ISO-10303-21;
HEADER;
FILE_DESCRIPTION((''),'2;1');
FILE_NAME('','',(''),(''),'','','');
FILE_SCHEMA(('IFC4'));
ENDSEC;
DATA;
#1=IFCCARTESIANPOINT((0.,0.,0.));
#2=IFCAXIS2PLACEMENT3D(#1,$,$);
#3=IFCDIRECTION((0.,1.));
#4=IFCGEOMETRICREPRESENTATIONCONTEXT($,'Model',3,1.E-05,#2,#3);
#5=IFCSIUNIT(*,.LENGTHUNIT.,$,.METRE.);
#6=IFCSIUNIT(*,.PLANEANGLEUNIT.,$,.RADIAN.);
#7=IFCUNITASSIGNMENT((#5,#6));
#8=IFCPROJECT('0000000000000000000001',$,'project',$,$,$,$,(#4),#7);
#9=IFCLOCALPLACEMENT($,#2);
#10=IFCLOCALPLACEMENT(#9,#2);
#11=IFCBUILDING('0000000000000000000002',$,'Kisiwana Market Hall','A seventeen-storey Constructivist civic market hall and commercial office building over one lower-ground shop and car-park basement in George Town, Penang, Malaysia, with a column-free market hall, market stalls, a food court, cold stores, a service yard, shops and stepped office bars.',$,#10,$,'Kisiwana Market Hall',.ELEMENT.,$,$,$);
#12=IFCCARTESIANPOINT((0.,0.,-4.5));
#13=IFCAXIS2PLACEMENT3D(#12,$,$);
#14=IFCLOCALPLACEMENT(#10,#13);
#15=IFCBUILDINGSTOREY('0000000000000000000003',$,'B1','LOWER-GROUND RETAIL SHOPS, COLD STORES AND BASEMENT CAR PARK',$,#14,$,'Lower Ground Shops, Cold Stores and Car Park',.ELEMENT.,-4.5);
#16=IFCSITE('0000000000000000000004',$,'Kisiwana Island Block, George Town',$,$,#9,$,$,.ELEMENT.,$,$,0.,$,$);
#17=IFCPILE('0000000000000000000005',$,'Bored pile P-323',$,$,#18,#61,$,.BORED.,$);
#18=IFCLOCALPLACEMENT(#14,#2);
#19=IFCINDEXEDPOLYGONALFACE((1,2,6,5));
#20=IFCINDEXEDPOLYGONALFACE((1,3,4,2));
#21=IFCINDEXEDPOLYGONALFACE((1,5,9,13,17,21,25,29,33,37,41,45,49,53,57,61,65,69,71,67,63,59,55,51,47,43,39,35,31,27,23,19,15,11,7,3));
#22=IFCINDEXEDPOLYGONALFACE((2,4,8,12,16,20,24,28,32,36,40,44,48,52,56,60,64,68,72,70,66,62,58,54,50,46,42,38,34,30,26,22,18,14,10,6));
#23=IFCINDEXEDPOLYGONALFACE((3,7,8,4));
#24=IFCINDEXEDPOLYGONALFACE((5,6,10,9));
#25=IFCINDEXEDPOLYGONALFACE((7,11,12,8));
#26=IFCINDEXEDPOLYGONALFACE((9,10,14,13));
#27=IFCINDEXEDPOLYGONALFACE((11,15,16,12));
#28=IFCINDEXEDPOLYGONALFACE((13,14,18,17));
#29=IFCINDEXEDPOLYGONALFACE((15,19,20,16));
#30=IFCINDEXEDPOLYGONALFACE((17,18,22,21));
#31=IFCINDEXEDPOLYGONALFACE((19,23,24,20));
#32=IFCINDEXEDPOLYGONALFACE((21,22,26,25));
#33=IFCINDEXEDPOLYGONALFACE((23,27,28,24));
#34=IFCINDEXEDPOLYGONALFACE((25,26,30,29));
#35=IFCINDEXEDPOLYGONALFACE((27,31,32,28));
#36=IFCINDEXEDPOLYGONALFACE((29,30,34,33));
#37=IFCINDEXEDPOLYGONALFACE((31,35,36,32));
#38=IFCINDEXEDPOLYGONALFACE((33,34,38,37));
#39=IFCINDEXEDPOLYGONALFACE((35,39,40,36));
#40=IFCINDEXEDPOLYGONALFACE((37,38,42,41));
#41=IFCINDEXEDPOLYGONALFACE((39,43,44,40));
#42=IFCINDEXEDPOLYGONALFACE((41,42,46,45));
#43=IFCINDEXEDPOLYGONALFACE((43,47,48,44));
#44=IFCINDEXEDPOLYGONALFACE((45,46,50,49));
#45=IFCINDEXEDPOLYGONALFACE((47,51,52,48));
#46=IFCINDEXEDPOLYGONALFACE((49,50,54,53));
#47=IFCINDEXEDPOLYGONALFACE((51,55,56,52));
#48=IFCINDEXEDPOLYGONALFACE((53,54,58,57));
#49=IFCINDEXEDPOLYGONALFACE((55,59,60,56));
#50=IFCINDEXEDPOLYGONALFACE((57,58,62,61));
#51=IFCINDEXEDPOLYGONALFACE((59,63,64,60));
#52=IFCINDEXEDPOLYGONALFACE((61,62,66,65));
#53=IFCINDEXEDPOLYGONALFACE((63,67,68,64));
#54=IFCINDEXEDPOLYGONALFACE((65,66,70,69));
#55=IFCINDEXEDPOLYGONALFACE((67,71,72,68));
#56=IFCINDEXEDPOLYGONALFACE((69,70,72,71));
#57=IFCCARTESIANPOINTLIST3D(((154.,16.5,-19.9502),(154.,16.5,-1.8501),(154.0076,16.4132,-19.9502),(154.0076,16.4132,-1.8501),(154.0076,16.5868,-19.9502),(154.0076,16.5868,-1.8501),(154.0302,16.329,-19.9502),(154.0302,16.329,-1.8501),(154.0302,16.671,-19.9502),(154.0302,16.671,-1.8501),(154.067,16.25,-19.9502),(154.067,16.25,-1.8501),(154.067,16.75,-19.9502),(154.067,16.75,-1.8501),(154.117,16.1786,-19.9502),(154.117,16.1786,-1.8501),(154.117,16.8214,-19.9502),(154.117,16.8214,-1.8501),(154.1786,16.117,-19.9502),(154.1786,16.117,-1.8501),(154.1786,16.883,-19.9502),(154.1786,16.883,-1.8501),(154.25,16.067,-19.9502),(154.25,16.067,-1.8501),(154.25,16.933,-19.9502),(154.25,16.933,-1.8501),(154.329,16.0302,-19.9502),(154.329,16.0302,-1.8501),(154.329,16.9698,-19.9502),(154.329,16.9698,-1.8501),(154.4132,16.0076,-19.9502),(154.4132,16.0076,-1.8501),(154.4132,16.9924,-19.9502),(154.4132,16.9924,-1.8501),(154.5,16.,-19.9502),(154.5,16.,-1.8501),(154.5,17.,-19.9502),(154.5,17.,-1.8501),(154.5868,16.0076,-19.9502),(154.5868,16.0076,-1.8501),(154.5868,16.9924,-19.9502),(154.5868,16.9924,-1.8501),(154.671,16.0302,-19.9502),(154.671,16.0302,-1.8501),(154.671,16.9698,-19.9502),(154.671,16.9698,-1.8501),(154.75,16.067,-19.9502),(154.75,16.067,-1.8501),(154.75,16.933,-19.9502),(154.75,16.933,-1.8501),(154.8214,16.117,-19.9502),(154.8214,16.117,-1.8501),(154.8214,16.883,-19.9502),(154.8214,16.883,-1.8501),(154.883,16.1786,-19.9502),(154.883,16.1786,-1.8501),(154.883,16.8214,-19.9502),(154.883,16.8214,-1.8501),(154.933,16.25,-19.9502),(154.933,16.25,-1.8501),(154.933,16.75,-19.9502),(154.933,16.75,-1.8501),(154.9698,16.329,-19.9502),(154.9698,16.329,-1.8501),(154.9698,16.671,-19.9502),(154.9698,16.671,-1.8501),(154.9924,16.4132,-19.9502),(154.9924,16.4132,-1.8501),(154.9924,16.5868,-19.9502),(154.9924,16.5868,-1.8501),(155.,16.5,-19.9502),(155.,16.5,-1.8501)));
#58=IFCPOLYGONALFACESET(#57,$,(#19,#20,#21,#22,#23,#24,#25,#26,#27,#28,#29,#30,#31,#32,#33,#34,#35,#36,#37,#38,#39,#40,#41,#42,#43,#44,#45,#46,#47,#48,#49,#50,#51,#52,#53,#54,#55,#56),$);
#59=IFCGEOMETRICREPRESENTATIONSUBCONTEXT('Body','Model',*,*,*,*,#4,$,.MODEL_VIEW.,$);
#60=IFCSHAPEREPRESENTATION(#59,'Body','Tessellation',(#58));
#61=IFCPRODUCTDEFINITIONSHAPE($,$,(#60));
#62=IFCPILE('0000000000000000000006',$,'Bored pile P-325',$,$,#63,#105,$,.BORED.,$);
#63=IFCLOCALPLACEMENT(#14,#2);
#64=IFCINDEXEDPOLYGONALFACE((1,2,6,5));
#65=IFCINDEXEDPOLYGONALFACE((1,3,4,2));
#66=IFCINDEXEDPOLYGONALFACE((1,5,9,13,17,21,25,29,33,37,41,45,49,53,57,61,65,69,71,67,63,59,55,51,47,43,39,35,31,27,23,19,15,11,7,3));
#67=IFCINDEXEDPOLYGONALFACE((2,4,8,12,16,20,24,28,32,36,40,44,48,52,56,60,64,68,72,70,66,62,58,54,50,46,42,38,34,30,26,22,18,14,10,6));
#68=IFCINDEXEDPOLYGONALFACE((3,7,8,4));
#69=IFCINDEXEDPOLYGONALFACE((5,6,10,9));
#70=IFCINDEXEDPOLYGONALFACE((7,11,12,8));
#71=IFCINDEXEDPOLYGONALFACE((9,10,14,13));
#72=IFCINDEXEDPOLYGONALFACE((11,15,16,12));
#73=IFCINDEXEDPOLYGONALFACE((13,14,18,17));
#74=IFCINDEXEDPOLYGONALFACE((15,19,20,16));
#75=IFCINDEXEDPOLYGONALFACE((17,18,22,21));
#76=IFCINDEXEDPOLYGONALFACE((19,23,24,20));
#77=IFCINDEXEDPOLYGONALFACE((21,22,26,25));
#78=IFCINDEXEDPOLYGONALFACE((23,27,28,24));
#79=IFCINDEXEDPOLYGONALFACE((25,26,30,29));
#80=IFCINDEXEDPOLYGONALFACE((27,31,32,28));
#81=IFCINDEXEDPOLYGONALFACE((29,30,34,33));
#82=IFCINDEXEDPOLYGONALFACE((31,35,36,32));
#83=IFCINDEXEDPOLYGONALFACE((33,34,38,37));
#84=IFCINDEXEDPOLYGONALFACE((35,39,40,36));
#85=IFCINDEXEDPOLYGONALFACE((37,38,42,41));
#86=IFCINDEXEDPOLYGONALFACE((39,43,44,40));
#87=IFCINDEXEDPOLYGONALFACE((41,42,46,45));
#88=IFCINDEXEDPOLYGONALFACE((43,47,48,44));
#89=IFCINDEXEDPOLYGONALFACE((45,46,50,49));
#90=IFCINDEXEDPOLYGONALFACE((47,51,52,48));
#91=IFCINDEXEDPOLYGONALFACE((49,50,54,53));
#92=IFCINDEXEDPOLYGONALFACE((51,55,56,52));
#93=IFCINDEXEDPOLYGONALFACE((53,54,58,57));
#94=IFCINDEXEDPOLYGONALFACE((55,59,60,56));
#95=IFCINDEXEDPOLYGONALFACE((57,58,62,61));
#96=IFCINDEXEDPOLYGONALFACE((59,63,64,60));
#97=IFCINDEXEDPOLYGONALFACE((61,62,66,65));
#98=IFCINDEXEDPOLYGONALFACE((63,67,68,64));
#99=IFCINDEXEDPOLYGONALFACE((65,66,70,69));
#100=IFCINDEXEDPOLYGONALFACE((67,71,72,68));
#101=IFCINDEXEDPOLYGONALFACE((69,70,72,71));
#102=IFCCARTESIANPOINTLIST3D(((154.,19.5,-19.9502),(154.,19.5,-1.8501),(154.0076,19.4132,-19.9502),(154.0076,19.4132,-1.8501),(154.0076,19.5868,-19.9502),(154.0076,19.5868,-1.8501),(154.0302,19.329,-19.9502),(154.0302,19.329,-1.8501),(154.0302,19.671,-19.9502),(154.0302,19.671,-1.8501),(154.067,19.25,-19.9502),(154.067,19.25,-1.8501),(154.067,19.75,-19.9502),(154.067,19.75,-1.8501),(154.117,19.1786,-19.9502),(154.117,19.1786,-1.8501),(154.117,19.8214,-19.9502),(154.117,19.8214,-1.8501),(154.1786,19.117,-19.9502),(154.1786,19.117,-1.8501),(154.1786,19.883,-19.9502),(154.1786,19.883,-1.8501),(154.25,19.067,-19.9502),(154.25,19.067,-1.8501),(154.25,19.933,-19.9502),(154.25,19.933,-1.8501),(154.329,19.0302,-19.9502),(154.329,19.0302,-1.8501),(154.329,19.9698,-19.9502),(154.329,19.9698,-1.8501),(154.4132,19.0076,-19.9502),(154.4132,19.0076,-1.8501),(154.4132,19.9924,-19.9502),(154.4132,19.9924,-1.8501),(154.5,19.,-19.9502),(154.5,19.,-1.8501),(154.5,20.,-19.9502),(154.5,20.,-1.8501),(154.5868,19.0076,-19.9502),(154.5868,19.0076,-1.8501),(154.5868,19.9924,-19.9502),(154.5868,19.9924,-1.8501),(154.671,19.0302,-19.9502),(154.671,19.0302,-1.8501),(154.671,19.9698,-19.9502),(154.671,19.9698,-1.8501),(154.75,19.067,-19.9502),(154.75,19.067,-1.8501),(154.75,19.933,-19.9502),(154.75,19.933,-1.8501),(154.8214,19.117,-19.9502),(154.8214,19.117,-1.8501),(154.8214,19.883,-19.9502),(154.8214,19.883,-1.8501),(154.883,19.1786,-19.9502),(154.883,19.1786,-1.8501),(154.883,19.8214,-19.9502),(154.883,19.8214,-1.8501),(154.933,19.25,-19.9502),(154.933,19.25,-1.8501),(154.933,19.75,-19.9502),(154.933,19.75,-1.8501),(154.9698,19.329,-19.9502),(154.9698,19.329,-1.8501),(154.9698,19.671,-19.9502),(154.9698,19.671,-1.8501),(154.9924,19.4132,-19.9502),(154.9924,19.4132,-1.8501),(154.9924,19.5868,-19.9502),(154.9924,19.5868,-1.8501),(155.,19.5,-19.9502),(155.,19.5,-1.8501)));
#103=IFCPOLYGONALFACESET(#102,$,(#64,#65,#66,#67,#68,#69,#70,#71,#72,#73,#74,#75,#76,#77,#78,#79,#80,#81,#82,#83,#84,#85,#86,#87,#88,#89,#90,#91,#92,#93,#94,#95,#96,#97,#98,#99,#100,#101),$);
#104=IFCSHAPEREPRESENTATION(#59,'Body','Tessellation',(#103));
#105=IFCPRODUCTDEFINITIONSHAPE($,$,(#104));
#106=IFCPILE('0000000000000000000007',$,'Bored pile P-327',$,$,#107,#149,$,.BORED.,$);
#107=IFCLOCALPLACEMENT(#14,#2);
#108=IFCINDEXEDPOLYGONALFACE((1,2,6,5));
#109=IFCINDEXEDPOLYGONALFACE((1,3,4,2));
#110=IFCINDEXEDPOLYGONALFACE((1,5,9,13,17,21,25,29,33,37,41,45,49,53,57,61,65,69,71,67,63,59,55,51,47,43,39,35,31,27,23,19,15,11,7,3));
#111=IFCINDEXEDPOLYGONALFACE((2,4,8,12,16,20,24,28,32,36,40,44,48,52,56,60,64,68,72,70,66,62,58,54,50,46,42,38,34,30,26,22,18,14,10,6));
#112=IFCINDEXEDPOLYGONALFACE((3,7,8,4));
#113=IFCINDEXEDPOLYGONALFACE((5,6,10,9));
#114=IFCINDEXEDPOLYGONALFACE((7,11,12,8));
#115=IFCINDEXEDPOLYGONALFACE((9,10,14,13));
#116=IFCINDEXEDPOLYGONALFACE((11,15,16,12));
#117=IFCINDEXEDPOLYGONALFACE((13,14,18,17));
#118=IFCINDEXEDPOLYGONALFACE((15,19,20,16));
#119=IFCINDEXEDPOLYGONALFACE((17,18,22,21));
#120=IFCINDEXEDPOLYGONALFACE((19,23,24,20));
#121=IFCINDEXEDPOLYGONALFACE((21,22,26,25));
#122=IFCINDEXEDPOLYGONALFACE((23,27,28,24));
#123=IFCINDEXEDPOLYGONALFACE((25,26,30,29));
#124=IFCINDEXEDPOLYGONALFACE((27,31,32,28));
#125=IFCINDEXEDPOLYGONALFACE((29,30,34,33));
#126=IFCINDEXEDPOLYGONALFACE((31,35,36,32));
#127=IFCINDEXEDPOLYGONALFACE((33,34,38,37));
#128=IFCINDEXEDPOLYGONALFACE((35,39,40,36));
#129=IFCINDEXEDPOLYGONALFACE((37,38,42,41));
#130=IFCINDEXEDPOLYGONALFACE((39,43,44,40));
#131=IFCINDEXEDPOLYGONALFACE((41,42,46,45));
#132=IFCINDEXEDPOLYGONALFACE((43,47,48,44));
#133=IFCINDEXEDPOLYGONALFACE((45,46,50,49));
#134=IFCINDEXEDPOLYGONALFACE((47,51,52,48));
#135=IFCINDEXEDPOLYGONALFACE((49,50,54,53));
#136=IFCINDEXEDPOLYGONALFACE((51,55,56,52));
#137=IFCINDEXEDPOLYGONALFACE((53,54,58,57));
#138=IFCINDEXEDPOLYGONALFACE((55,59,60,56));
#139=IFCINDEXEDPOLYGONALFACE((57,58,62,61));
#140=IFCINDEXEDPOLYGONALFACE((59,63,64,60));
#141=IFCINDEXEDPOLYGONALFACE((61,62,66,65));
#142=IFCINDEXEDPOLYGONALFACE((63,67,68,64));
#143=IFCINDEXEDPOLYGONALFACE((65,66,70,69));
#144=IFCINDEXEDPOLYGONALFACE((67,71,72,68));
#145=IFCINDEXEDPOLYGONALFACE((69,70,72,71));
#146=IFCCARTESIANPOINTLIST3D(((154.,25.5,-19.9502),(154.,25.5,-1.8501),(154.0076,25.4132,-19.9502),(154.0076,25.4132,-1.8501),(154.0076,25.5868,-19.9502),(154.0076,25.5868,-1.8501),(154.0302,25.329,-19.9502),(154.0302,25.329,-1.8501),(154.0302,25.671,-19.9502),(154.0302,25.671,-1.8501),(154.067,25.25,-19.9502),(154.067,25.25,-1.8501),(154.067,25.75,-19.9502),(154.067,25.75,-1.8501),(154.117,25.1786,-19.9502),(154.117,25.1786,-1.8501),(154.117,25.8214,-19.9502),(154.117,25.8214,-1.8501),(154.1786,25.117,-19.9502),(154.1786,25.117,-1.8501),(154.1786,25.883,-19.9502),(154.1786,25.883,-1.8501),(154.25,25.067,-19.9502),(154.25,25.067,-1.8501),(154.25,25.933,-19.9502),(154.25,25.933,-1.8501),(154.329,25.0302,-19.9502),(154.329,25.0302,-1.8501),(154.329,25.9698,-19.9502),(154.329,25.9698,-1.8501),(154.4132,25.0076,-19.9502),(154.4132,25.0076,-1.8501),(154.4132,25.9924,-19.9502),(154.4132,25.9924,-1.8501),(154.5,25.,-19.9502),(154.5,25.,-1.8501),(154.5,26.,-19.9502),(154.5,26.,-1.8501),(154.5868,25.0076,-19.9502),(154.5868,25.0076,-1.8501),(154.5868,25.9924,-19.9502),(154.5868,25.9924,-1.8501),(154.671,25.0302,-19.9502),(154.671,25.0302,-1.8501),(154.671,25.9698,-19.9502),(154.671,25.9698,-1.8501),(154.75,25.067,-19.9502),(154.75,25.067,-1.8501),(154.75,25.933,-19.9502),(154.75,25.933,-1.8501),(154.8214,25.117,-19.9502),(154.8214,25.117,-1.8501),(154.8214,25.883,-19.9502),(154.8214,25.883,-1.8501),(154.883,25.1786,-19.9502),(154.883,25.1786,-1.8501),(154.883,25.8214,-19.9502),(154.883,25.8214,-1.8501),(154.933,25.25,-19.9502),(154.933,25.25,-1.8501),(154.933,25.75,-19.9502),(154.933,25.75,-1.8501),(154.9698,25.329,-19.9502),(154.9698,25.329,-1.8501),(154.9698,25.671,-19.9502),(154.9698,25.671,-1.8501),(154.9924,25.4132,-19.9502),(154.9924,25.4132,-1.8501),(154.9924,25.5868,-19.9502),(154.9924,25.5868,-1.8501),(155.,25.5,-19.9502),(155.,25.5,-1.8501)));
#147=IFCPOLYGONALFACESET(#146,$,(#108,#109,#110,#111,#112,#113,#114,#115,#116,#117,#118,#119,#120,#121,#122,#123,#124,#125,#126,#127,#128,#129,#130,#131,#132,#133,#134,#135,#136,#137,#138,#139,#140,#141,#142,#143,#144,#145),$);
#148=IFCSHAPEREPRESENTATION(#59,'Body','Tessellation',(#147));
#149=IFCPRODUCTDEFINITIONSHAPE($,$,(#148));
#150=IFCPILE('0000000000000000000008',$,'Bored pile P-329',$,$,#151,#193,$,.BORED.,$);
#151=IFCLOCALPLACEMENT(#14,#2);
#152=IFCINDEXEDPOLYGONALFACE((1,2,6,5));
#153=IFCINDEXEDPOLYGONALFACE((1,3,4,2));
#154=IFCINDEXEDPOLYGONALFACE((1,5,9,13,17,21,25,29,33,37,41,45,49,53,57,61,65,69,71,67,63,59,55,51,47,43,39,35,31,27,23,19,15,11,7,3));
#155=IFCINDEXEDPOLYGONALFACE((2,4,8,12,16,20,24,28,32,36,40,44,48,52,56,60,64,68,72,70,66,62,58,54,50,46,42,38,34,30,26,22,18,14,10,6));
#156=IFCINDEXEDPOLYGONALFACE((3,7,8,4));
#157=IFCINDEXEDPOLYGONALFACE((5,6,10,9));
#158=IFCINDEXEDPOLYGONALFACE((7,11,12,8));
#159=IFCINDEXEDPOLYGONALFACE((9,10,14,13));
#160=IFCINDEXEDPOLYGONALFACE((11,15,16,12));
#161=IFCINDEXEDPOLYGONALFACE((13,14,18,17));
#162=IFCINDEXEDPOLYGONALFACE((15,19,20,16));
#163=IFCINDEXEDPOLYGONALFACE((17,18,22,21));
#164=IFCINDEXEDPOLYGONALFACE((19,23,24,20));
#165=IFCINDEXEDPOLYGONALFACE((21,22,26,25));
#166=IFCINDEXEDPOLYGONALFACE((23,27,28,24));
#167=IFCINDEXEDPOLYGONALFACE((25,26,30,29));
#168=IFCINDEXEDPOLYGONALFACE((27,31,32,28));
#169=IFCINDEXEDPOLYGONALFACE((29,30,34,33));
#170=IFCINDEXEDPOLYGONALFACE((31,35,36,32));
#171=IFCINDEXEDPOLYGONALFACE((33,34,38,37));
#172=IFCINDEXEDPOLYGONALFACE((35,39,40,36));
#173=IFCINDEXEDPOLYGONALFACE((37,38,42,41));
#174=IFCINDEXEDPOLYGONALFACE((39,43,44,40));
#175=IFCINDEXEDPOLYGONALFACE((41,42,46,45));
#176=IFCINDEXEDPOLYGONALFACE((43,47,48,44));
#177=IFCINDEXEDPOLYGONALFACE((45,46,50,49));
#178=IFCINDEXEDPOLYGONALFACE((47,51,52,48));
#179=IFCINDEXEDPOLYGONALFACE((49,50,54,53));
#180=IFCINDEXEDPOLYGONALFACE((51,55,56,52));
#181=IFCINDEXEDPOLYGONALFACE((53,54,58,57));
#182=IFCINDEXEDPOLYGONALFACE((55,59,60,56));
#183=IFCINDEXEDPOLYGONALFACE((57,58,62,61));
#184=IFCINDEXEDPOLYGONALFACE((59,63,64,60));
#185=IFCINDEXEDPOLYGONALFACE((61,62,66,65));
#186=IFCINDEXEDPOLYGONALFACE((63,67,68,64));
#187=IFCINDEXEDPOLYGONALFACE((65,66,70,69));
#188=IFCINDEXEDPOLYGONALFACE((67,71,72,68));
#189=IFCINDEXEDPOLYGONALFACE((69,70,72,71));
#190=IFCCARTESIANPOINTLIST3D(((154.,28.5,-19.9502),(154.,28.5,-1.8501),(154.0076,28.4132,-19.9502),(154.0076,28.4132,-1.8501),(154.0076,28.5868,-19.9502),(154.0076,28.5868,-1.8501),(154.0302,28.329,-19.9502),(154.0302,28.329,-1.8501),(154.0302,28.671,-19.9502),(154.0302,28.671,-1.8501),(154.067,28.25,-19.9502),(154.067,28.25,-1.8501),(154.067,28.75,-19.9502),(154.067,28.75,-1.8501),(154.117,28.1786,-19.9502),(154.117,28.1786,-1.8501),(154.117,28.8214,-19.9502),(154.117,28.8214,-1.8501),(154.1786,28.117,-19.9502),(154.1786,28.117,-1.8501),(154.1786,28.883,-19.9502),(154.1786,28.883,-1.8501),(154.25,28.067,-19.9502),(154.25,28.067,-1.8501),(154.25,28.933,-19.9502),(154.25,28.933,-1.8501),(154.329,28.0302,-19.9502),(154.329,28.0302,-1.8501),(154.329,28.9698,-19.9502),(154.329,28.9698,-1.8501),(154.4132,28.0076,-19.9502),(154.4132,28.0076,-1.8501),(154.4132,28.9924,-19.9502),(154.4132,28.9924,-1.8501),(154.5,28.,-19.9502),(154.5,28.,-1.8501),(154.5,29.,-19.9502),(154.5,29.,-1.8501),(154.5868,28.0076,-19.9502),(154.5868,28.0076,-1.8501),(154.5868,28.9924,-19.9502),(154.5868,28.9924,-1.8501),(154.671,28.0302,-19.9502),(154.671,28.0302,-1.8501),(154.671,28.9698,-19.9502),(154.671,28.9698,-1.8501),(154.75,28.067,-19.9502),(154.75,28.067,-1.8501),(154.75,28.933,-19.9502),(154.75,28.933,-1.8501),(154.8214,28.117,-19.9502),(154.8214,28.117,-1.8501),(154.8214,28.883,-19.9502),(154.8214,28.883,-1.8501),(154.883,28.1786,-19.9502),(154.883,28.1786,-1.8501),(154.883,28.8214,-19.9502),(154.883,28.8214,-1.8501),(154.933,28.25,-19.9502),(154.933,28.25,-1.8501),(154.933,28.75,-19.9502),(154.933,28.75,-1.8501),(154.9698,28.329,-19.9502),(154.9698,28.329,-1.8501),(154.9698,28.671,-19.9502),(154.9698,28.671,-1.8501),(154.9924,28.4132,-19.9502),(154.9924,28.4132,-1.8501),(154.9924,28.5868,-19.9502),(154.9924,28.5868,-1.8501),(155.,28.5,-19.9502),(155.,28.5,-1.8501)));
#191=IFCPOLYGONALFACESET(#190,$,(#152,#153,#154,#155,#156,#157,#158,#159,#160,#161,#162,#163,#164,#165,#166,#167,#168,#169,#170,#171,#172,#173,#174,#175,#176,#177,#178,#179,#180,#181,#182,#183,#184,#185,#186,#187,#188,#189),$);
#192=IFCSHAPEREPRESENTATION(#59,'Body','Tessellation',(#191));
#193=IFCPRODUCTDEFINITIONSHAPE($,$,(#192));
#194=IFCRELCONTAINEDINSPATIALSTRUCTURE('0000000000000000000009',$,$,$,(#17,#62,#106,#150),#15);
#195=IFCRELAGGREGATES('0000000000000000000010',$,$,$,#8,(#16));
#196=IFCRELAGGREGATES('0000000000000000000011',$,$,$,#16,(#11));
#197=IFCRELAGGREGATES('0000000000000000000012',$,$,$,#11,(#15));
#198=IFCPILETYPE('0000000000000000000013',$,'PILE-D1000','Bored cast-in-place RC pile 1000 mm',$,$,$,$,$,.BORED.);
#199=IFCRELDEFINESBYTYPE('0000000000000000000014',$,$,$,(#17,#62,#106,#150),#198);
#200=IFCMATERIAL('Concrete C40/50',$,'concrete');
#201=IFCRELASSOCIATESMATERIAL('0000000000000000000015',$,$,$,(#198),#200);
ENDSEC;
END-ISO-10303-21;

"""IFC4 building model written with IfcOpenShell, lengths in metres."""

from ifc_helpers import new_model, si_unit, direction, frame, origin, origin_2d, place, context, subcontext, project, spatial, circle, extrude, material, material_profile, profile_set, type_object, element, save


model = new_model("IFC4")

# Units and contexts
model_context = context("Model", 3, precision=1e-05, world=origin(), true_north=direction((0.0, 1.0)))
body_context = subcontext(model_context, "Body", "Model", "MODEL_VIEW")
ifc_project = project(units=[si_unit("LENGTHUNIT", "METRE"), si_unit("PLANEANGLEUNIT", "RADIAN")], contexts=[model_context])

# Site, building, storey
site_placement = place(None, origin())
site = spatial("IfcSite", under=ifc_project, at=site_placement, Name="Kisiwana Island Block, George Town", CompositionType="ELEMENT", RefElevation=0.0)
building_placement = place(site_placement, origin())
building = spatial("IfcBuilding", under=site, at=building_placement, Name="Kisiwana Market Hall", Description="A seventeen-storey Constructivist civic market hall and commercial office building over one lower-ground shop and car-park basement in George Town, Penang, Malaysia, with a column-free market hall, market stalls, a food court, cold stores, a service yard, shops and stepped office bars.", LongName="Kisiwana Market Hall", CompositionType="ELEMENT")
storey_placement = place(building_placement, frame((0.0, 0.0, -4.5)))
storey = spatial("IfcBuildingStorey", under=building, at=storey_placement, Name="B1", Description="LOWER-GROUND RETAIL SHOPS, COLD STORES AND BASEMENT CAR PARK", LongName="Lower Ground Shops, Cold Stores and Car Park", CompositionType="ELEMENT", Elevation=-4.5)

# Piles
ifc_material_1 = material(Name="Concrete C40/50", Category="concrete")
ifc_material_profile_1 = material_profile(ifc_material_1, circle(Radius=0.5, at=origin_2d()), Name="BP D1000")
ifc_profile_set_1 = profile_set([ifc_material_profile_1], Name="Concrete C40/50")
pile_type_1 = type_object("IfcPileType", Name="PILE-D1000", Description="Bored cast-in-place RC pile 1000 mm", PredefinedType="BORED", material=ifc_profile_set_1)
for number, where, z_axis, x_axis, name in (
    (1, (154.5, 16.5, -1.8501), (0.0, 0.0, -1.0), (1.0, 0.0, 0.0), "Bored pile P-323"),
    (2, (154.5, 19.5, -1.8501), (0.0, 0.0, -1.0), (1.0, 0.0, 0.0), "Bored pile P-325"),
    (3, (154.5, 25.5, -1.8501), (0.0, 0.0, -1.0), (1.0, 0.0, 0.0), "Bored pile P-327"),
    (4, (154.5, 28.5, -1.8501), (0.0, 0.0, -1.0), (1.0, 0.0, 0.0), "Bored pile P-329"),
):
    element("IfcPile", number, at=place(storey_placement, frame(where, z_axis=z_axis, x_axis=x_axis)), inside=storey, type_object=pile_type_1, Name=name, PredefinedType="BORED", context=body_context, shape_type="SweptSolid", body=[
        extrude(circle(Radius=0.5, at=origin_2d()), origin(), (0.0, 0.0, 1.0), 18.1001),
    ])

save(model, "model.ifc")
